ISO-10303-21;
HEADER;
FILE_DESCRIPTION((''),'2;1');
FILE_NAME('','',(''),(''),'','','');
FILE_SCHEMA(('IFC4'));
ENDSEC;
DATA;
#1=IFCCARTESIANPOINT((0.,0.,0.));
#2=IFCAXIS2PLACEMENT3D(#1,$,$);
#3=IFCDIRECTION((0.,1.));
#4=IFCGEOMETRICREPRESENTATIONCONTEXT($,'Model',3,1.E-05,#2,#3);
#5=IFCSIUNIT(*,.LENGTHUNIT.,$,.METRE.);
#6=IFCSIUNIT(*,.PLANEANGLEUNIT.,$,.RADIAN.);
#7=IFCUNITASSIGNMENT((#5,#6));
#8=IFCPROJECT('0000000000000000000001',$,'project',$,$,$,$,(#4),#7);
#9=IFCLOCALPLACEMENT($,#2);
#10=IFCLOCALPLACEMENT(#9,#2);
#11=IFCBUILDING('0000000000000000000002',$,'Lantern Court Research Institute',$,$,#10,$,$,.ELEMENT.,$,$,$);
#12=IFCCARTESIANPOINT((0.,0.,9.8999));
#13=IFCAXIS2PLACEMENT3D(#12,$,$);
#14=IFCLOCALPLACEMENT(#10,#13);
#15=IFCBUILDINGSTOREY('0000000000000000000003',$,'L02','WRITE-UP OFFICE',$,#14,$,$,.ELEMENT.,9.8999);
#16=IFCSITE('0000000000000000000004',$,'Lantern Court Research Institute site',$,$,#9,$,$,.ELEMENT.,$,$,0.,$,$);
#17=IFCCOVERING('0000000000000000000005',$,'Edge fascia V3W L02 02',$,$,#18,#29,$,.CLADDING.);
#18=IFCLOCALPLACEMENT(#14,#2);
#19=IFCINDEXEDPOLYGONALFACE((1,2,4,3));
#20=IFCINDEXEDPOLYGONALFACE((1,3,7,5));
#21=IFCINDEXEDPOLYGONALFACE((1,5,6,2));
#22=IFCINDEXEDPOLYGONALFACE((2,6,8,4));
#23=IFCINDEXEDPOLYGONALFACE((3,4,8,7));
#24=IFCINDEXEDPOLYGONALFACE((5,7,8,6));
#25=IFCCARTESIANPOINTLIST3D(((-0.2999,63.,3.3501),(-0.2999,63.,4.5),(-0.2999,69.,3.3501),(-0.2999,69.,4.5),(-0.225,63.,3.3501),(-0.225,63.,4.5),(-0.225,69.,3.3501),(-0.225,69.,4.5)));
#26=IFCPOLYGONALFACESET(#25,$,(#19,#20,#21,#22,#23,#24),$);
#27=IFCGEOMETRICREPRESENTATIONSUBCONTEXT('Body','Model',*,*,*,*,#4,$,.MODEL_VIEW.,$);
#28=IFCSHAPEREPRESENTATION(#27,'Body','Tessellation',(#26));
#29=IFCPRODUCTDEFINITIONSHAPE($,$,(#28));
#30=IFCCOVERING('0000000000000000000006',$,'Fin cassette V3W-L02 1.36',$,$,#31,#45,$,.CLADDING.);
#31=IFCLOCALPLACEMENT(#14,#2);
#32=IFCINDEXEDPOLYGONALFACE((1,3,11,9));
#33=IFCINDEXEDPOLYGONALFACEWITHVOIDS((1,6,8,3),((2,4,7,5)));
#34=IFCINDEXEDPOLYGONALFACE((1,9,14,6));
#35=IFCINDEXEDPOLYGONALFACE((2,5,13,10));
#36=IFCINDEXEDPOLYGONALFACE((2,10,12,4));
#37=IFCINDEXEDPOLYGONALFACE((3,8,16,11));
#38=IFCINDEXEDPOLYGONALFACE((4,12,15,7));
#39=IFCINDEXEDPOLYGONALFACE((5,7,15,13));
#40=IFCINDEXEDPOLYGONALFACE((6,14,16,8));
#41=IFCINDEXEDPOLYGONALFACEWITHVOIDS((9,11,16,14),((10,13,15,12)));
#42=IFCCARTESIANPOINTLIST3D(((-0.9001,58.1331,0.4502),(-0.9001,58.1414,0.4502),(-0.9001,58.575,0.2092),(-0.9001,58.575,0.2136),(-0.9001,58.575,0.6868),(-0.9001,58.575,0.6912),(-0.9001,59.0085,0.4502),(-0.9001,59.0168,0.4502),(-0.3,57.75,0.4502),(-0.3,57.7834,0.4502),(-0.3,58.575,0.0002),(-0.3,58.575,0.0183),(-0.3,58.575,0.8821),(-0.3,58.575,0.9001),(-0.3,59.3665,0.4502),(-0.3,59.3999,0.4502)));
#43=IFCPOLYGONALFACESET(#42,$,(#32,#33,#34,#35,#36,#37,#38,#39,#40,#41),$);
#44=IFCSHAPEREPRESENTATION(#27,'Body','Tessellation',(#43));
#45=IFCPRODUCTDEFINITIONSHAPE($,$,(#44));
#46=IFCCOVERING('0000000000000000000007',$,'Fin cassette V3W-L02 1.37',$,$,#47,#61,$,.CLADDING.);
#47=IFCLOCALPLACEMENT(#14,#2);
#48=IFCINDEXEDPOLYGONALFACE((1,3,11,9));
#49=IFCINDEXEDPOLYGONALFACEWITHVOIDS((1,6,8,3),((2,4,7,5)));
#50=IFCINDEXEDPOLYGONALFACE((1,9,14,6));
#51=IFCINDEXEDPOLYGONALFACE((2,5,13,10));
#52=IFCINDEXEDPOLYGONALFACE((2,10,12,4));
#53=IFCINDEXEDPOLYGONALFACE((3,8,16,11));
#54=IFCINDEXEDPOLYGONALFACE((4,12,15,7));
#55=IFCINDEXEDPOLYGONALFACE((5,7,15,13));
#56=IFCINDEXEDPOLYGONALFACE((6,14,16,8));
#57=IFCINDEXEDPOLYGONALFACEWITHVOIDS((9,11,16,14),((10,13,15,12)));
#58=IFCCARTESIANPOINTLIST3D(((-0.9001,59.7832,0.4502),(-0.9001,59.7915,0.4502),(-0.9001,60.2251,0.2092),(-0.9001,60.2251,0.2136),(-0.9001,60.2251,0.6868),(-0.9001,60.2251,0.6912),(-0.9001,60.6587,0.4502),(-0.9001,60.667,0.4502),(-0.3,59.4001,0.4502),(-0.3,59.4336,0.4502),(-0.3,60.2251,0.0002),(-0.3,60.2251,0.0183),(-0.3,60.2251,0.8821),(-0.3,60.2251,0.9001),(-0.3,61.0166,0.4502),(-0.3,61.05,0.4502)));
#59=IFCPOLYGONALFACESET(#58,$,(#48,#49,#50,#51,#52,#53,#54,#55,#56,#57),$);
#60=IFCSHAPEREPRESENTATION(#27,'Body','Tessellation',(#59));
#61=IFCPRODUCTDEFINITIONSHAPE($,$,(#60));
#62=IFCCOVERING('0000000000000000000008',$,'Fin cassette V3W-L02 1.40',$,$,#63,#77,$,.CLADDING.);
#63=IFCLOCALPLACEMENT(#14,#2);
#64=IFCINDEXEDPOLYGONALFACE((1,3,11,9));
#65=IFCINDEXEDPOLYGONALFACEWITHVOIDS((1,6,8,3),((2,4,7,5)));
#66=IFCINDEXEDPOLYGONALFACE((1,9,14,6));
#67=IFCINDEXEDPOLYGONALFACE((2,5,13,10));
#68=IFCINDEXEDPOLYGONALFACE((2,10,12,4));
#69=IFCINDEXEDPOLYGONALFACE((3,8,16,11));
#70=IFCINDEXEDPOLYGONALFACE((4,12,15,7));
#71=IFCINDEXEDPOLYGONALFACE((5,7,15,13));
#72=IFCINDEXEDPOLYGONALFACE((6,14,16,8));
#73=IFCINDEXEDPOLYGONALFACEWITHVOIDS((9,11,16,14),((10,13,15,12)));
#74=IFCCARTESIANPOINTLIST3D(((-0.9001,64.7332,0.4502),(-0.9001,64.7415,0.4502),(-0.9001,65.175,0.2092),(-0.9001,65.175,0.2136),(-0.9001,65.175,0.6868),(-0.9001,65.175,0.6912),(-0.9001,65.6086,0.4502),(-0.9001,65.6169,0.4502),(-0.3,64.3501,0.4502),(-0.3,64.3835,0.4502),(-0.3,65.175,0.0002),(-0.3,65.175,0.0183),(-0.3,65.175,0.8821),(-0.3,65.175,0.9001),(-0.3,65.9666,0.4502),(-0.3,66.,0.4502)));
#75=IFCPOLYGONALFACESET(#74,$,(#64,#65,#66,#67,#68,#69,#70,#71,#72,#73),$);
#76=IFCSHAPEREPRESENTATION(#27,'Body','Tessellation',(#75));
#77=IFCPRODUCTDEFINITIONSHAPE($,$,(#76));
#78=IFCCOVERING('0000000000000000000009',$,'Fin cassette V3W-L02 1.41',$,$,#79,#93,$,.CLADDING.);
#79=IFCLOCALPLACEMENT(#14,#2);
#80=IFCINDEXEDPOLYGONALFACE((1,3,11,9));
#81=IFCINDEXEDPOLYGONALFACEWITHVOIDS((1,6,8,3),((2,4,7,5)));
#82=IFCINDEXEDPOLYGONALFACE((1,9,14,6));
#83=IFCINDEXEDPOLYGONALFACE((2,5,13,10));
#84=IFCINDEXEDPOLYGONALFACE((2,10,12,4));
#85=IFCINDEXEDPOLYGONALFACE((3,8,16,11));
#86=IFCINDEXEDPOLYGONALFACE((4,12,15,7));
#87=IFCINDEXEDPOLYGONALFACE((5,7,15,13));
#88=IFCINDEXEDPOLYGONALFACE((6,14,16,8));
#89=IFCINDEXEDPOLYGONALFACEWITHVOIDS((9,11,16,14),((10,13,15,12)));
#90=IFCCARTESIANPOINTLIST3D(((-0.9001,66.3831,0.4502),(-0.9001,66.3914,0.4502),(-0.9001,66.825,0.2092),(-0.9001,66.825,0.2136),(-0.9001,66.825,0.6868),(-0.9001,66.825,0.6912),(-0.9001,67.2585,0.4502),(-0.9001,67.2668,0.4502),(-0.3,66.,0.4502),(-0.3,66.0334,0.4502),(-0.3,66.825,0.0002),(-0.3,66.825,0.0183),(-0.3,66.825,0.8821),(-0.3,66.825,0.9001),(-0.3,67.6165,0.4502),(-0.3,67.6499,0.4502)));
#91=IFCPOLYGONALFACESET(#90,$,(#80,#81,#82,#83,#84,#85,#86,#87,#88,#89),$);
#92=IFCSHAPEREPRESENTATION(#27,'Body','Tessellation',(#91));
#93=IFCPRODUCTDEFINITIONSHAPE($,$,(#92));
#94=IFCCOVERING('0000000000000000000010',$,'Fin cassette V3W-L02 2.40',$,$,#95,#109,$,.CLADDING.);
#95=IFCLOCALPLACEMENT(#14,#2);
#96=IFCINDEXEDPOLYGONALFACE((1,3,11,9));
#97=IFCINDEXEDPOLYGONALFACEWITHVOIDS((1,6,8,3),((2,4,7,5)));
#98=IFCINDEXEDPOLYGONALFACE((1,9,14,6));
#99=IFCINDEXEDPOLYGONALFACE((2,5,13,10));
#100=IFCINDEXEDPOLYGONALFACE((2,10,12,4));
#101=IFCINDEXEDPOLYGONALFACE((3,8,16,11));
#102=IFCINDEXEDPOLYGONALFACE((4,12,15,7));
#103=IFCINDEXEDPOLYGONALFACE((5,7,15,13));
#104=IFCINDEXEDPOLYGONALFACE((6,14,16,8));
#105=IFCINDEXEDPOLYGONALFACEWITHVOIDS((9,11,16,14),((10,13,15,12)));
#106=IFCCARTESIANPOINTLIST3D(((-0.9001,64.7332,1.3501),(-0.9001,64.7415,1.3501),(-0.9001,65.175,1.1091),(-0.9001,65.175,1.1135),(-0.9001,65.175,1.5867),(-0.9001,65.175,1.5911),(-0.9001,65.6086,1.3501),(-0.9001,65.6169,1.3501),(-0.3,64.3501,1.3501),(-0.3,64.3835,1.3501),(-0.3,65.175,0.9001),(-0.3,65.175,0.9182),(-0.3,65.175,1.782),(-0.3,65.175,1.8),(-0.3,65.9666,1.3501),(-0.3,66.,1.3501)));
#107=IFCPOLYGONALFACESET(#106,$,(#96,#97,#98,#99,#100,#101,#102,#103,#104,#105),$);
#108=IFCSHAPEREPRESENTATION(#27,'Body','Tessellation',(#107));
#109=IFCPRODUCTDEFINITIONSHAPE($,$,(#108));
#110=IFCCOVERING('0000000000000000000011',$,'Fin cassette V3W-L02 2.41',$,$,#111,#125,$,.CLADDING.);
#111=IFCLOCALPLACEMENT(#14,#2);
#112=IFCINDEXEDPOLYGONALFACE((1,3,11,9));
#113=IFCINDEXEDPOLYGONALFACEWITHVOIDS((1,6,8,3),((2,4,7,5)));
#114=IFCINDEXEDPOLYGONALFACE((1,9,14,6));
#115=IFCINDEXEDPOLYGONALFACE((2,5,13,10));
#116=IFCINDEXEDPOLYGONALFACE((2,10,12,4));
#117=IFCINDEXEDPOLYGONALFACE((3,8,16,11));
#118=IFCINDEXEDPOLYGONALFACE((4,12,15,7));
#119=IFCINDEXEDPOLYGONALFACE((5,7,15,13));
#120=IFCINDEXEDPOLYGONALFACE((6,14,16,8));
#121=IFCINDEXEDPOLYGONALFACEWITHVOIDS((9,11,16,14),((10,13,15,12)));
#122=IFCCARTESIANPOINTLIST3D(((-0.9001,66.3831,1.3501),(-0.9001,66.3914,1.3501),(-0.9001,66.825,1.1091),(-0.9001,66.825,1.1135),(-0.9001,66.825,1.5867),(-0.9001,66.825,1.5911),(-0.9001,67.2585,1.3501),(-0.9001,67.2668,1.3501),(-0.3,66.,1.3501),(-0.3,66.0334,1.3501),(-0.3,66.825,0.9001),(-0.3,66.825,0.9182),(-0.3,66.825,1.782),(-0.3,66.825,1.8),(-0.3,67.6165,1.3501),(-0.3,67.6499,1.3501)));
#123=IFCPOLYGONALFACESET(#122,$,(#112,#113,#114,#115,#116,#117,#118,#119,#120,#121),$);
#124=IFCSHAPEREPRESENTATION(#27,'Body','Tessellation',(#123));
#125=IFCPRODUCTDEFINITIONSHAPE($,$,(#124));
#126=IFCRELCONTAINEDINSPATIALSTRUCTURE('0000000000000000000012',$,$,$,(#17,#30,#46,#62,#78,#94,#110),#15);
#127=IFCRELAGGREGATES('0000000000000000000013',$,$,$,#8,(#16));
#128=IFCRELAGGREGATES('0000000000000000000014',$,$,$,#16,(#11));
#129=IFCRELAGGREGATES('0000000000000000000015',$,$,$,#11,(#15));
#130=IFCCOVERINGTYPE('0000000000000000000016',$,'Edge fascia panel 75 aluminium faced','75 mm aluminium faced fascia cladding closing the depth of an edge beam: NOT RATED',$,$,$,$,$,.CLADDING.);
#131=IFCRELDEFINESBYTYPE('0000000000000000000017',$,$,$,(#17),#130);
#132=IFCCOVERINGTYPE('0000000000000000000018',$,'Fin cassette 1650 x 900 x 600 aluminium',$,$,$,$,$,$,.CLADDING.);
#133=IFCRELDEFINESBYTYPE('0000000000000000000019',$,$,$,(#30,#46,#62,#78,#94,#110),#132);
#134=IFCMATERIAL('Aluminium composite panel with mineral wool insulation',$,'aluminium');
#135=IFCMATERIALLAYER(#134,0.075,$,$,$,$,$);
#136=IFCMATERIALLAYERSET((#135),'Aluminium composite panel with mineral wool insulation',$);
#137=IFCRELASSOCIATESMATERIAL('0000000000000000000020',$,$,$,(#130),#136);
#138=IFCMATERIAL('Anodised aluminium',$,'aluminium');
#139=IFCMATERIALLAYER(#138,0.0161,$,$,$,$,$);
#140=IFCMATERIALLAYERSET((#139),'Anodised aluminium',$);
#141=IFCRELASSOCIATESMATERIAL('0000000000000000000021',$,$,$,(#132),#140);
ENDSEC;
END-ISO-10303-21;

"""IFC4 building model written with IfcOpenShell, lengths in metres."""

from ifc_helpers import new_model, entity, si_unit, direction, frame, frame_2d, origin, place, context, subcontext, project, spatial, rectangle, extrude, material, layer, layer_set, type_object, element, save


model = new_model("IFC4")

# Units and contexts
model_context = context("Model", 3, precision=1e-05, world=origin(), true_north=direction((0.0, 1.0)))
body_context = subcontext(model_context, "Body", "Model", "MODEL_VIEW")
ifc_project = project(units=[si_unit("LENGTHUNIT", "METRE"), si_unit("PLANEANGLEUNIT", "RADIAN")], contexts=[model_context])

# Site, building, storey
site_placement = place(None, origin())
site = spatial("IfcSite", under=ifc_project, at=site_placement, Name="Lantern Court Research Institute site", CompositionType="ELEMENT", RefElevation=0.0)
building_placement = place(site_placement, origin())
building = spatial("IfcBuilding", under=site, at=building_placement, Name="Lantern Court Research Institute", CompositionType="ELEMENT")
storey_placement = place(building_placement, frame((0.0, 0.0, 9.8999)))
storey = spatial("IfcBuildingStorey", under=building, at=storey_placement, Name="L02", Description="WRITE-UP OFFICE", CompositionType="ELEMENT", Elevation=9.8999)

# Coverings
ifc_material_1 = material(Name="Aluminium composite panel with mineral wool insulation", Category="aluminium")
ifc_layer_1 = layer(ifc_material_1, 0.075)
ifc_layer_set_1 = layer_set([ifc_layer_1], Name="Aluminium composite panel with mineral wool insulation")
covering_type_1 = type_object("IfcCoveringType", Name="Edge fascia panel 75 aluminium faced", Description="75 mm aluminium faced fascia cladding closing the depth of an edge beam: NOT RATED", PredefinedType="CLADDING", material=ifc_layer_set_1)
for number, where, z_axis, x_axis, name in (
    (1, (-0.2625, 63.0, 3.3501), (0.0, 0.0, 1.0), (0.0, 1.0, 0.0), "Edge fascia V3W L02 02"),
):
    element("IfcCovering", number, at=place(storey_placement, frame(where, z_axis=z_axis, x_axis=x_axis)), inside=storey, type_object=covering_type_1, Name=name, PredefinedType="CLADDING", context=body_context, shape_type="SweptSolid", body=[
        extrude(rectangle(XDim=6.0, YDim=0.075, at=frame_2d((3.0, 0.0))), origin(), (0.0, 0.0, 1.0), 1.1499),
    ])
ifc_material_2 = material(Name="Anodised aluminium", Category="aluminium")
ifc_layer_2 = layer(ifc_material_2, 0.0161)
ifc_layer_set_2 = layer_set([ifc_layer_2], Name="Anodised aluminium")
covering_type_2 = type_object("IfcCoveringType", Name="Fin cassette 1650 x 900 x 600 aluminium", PredefinedType="CLADDING", material=ifc_layer_set_2)
covering_1_placement = place(storey_placement, frame((-0.3, 58.575, 0.4502), z_axis=(-1.0, 0.0, 0.0), x_axis=(0.0, -1.0, 0.0)))
cartesian_point_1 = entity("IfcCartesianPoint", [0.825, 0.0])
cartesian_point_2 = entity("IfcCartesianPoint", [0.7915, 0.0])
cartesian_point_3 = entity("IfcCartesianPoint", [0.4419, 0.0])
cartesian_point_4 = entity("IfcCartesianPoint", [0.4336, 0.0])
element("IfcCovering", 2, at=covering_1_placement, inside=storey, type_object=covering_type_2, Name="Fin cassette V3W-L02 1.36", PredefinedType="CLADDING", context=body_context, shape_type="SweptSolid", body=[
    entity("IfcExtrudedAreaSolidTapered", entity("IfcArbitraryProfileDefWithVoids", "AREA", None, entity("IfcPolyline", [cartesian_point_1, entity("IfcCartesianPoint", [0.0, 0.45]), entity("IfcCartesianPoint", [-0.825, 0.0]), entity("IfcCartesianPoint", [0.0, -0.45]), cartesian_point_1]), [entity("IfcPolyline", [cartesian_point_2, entity("IfcCartesianPoint", [0.0, 0.4319]), entity("IfcCartesianPoint", [-0.7915, 0.0]), entity("IfcCartesianPoint", [0.0, -0.4319]), cartesian_point_2])]), entity("IfcAxis2Placement3D", entity("IfcCartesianPoint", [0.0, 0.0, 0.0])), entity("IfcDirection", [0.0, 0.0, 1.0]), 0.6001, entity("IfcArbitraryProfileDefWithVoids", "AREA", None, entity("IfcPolyline", [cartesian_point_3, entity("IfcCartesianPoint", [0.0, 0.241]), entity("IfcCartesianPoint", [-0.4419, 0.0]), entity("IfcCartesianPoint", [0.0, -0.241]), cartesian_point_3]), [entity("IfcPolyline", [cartesian_point_4, entity("IfcCartesianPoint", [0.0, 0.2366]), entity("IfcCartesianPoint", [-0.4336, 0.0]), entity("IfcCartesianPoint", [0.0, -0.2366]), cartesian_point_4])])),
])
covering_2_placement = place(storey_placement, frame((-0.3, 60.2251, 0.4502), z_axis=(-1.0, 0.0, 0.0), x_axis=(0.0, -1.0, 0.0)))
cartesian_point_5 = entity("IfcCartesianPoint", [0.825, 0.0])
cartesian_point_6 = entity("IfcCartesianPoint", [0.7915, 0.0])
cartesian_point_7 = entity("IfcCartesianPoint", [0.4419, 0.0])
cartesian_point_8 = entity("IfcCartesianPoint", [0.4336, 0.0])
element("IfcCovering", 3, at=covering_2_placement, inside=storey, type_object=covering_type_2, Name="Fin cassette V3W-L02 1.37", PredefinedType="CLADDING", context=body_context, shape_type="SweptSolid", body=[
    entity("IfcExtrudedAreaSolidTapered", entity("IfcArbitraryProfileDefWithVoids", "AREA", None, entity("IfcPolyline", [cartesian_point_5, entity("IfcCartesianPoint", [0.0, 0.45]), entity("IfcCartesianPoint", [-0.825, 0.0]), entity("IfcCartesianPoint", [0.0, -0.45]), cartesian_point_5]), [entity("IfcPolyline", [cartesian_point_6, entity("IfcCartesianPoint", [0.0, 0.4319]), entity("IfcCartesianPoint", [-0.7915, 0.0]), entity("IfcCartesianPoint", [0.0, -0.4319]), cartesian_point_6])]), entity("IfcAxis2Placement3D", entity("IfcCartesianPoint", [0.0, 0.0, 0.0])), entity("IfcDirection", [0.0, 0.0, 1.0]), 0.6001, entity("IfcArbitraryProfileDefWithVoids", "AREA", None, entity("IfcPolyline", [cartesian_point_7, entity("IfcCartesianPoint", [0.0, 0.241]), entity("IfcCartesianPoint", [-0.4419, 0.0]), entity("IfcCartesianPoint", [0.0, -0.241]), cartesian_point_7]), [entity("IfcPolyline", [cartesian_point_8, entity("IfcCartesianPoint", [0.0, 0.2366]), entity("IfcCartesianPoint", [-0.4336, 0.0]), entity("IfcCartesianPoint", [0.0, -0.2366]), cartesian_point_8])])),
])
covering_3_placement = place(storey_placement, frame((-0.3, 65.175, 0.4502), z_axis=(-1.0, 0.0, 0.0), x_axis=(0.0, -1.0, 0.0)))
cartesian_point_9 = entity("IfcCartesianPoint", [0.825, 0.0])
cartesian_point_10 = entity("IfcCartesianPoint", [0.7915, 0.0])
cartesian_point_11 = entity("IfcCartesianPoint", [0.4419, 0.0])
cartesian_point_12 = entity("IfcCartesianPoint", [0.4336, 0.0])
element("IfcCovering", 4, at=covering_3_placement, inside=storey, type_object=covering_type_2, Name="Fin cassette V3W-L02 1.40", PredefinedType="CLADDING", context=body_context, shape_type="SweptSolid", body=[
    entity("IfcExtrudedAreaSolidTapered", entity("IfcArbitraryProfileDefWithVoids", "AREA", None, entity("IfcPolyline", [cartesian_point_9, entity("IfcCartesianPoint", [0.0, 0.45]), entity("IfcCartesianPoint", [-0.825, 0.0]), entity("IfcCartesianPoint", [0.0, -0.45]), cartesian_point_9]), [entity("IfcPolyline", [cartesian_point_10, entity("IfcCartesianPoint", [0.0, 0.4319]), entity("IfcCartesianPoint", [-0.7915, 0.0]), entity("IfcCartesianPoint", [0.0, -0.4319]), cartesian_point_10])]), entity("IfcAxis2Placement3D", entity("IfcCartesianPoint", [0.0, 0.0, 0.0])), entity("IfcDirection", [0.0, 0.0, 1.0]), 0.6001, entity("IfcArbitraryProfileDefWithVoids", "AREA", None, entity("IfcPolyline", [cartesian_point_11, entity("IfcCartesianPoint", [0.0, 0.241]), entity("IfcCartesianPoint", [-0.4419, 0.0]), entity("IfcCartesianPoint", [0.0, -0.241]), cartesian_point_11]), [entity("IfcPolyline", [cartesian_point_12, entity("IfcCartesianPoint", [0.0, 0.2366]), entity("IfcCartesianPoint", [-0.4336, 0.0]), entity("IfcCartesianPoint", [0.0, -0.2366]), cartesian_point_12])])),
])
covering_4_placement = place(storey_placement, frame((-0.3, 66.825, 0.4502), z_axis=(-1.0, 0.0, 0.0), x_axis=(0.0, -1.0, 0.0)))
cartesian_point_13 = entity("IfcCartesianPoint", [0.825, 0.0])
cartesian_point_14 = entity("IfcCartesianPoint", [0.7915, 0.0])
cartesian_point_15 = entity("IfcCartesianPoint", [0.4419, 0.0])
cartesian_point_16 = entity("IfcCartesianPoint", [0.4336, 0.0])
element("IfcCovering", 5, at=covering_4_placement, inside=storey, type_object=covering_type_2, Name="Fin cassette V3W-L02 1.41", PredefinedType="CLADDING", context=body_context, shape_type="SweptSolid", body=[
    entity("IfcExtrudedAreaSolidTapered", entity("IfcArbitraryProfileDefWithVoids", "AREA", None, entity("IfcPolyline", [cartesian_point_13, entity("IfcCartesianPoint", [0.0, 0.45]), entity("IfcCartesianPoint", [-0.825, 0.0]), entity("IfcCartesianPoint", [0.0, -0.45]), cartesian_point_13]), [entity("IfcPolyline", [cartesian_point_14, entity("IfcCartesianPoint", [0.0, 0.4319]), entity("IfcCartesianPoint", [-0.7915, 0.0]), entity("IfcCartesianPoint", [0.0, -0.4319]), cartesian_point_14])]), entity("IfcAxis2Placement3D", entity("IfcCartesianPoint", [0.0, 0.0, 0.0])), entity("IfcDirection", [0.0, 0.0, 1.0]), 0.6001, entity("IfcArbitraryProfileDefWithVoids", "AREA", None, entity("IfcPolyline", [cartesian_point_15, entity("IfcCartesianPoint", [0.0, 0.241]), entity("IfcCartesianPoint", [-0.4419, 0.0]), entity("IfcCartesianPoint", [0.0, -0.241]), cartesian_point_15]), [entity("IfcPolyline", [cartesian_point_16, entity("IfcCartesianPoint", [0.0, 0.2366]), entity("IfcCartesianPoint", [-0.4336, 0.0]), entity("IfcCartesianPoint", [0.0, -0.2366]), cartesian_point_16])])),
])
covering_5_placement = place(storey_placement, frame((-0.3, 65.175, 1.3501), z_axis=(-1.0, 0.0, 0.0), x_axis=(0.0, -1.0, 0.0)))
cartesian_point_17 = entity("IfcCartesianPoint", [0.825, 0.0])
cartesian_point_18 = entity("IfcCartesianPoint", [0.7915, 0.0])
cartesian_point_19 = entity("IfcCartesianPoint", [0.4419, 0.0])
cartesian_point_20 = entity("IfcCartesianPoint", [0.4336, 0.0])
element("IfcCovering", 6, at=covering_5_placement, inside=storey, type_object=covering_type_2, Name="Fin cassette V3W-L02 2.40", PredefinedType="CLADDING", context=body_context, shape_type="SweptSolid", body=[
    entity("IfcExtrudedAreaSolidTapered", entity("IfcArbitraryProfileDefWithVoids", "AREA", None, entity("IfcPolyline", [cartesian_point_17, entity("IfcCartesianPoint", [0.0, 0.45]), entity("IfcCartesianPoint", [-0.825, 0.0]), entity("IfcCartesianPoint", [0.0, -0.45]), cartesian_point_17]), [entity("IfcPolyline", [cartesian_point_18, entity("IfcCartesianPoint", [0.0, 0.4319]), entity("IfcCartesianPoint", [-0.7915, 0.0]), entity("IfcCartesianPoint", [0.0, -0.4319]), cartesian_point_18])]), entity("IfcAxis2Placement3D", entity("IfcCartesianPoint", [0.0, 0.0, 0.0])), entity("IfcDirection", [0.0, 0.0, 1.0]), 0.6001, entity("IfcArbitraryProfileDefWithVoids", "AREA", None, entity("IfcPolyline", [cartesian_point_19, entity("IfcCartesianPoint", [0.0, 0.241]), entity("IfcCartesianPoint", [-0.4419, 0.0]), entity("IfcCartesianPoint", [0.0, -0.241]), cartesian_point_19]), [entity("IfcPolyline", [cartesian_point_20, entity("IfcCartesianPoint", [0.0, 0.2366]), entity("IfcCartesianPoint", [-0.4336, 0.0]), entity("IfcCartesianPoint", [0.0, -0.2366]), cartesian_point_20])])),
])
covering_6_placement = place(storey_placement, frame((-0.3, 66.825, 1.3501), z_axis=(-1.0, 0.0, 0.0), x_axis=(0.0, -1.0, 0.0)))
cartesian_point_21 = entity("IfcCartesianPoint", [0.825, 0.0])
cartesian_point_22 = entity("IfcCartesianPoint", [0.7915, 0.0])
cartesian_point_23 = entity("IfcCartesianPoint", [0.4419, 0.0])
cartesian_point_24 = entity("IfcCartesianPoint", [0.4336, 0.0])
element("IfcCovering", 7, at=covering_6_placement, inside=storey, type_object=covering_type_2, Name="Fin cassette V3W-L02 2.41", PredefinedType="CLADDING", context=body_context, shape_type="SweptSolid", body=[
    entity("IfcExtrudedAreaSolidTapered", entity("IfcArbitraryProfileDefWithVoids", "AREA", None, entity("IfcPolyline", [cartesian_point_21, entity("IfcCartesianPoint", [0.0, 0.45]), entity("IfcCartesianPoint", [-0.825, 0.0]), entity("IfcCartesianPoint", [0.0, -0.45]), cartesian_point_21]), [entity("IfcPolyline", [cartesian_point_22, entity("IfcCartesianPoint", [0.0, 0.4319]), entity("IfcCartesianPoint", [-0.7915, 0.0]), entity("IfcCartesianPoint", [0.0, -0.4319]), cartesian_point_22])]), entity("IfcAxis2Placement3D", entity("IfcCartesianPoint", [0.0, 0.0, 0.0])), entity("IfcDirection", [0.0, 0.0, 1.0]), 0.6001, entity("IfcArbitraryProfileDefWithVoids", "AREA", None, entity("IfcPolyline", [cartesian_point_23, entity("IfcCartesianPoint", [0.0, 0.241]), entity("IfcCartesianPoint", [-0.4419, 0.0]), entity("IfcCartesianPoint", [0.0, -0.241]), cartesian_point_23]), [entity("IfcPolyline", [cartesian_point_24, entity("IfcCartesianPoint", [0.0, 0.2366]), entity("IfcCartesianPoint", [-0.4336, 0.0]), entity("IfcCartesianPoint", [0.0, -0.2366]), cartesian_point_24])])),
])

save(model, "model.ifc")
